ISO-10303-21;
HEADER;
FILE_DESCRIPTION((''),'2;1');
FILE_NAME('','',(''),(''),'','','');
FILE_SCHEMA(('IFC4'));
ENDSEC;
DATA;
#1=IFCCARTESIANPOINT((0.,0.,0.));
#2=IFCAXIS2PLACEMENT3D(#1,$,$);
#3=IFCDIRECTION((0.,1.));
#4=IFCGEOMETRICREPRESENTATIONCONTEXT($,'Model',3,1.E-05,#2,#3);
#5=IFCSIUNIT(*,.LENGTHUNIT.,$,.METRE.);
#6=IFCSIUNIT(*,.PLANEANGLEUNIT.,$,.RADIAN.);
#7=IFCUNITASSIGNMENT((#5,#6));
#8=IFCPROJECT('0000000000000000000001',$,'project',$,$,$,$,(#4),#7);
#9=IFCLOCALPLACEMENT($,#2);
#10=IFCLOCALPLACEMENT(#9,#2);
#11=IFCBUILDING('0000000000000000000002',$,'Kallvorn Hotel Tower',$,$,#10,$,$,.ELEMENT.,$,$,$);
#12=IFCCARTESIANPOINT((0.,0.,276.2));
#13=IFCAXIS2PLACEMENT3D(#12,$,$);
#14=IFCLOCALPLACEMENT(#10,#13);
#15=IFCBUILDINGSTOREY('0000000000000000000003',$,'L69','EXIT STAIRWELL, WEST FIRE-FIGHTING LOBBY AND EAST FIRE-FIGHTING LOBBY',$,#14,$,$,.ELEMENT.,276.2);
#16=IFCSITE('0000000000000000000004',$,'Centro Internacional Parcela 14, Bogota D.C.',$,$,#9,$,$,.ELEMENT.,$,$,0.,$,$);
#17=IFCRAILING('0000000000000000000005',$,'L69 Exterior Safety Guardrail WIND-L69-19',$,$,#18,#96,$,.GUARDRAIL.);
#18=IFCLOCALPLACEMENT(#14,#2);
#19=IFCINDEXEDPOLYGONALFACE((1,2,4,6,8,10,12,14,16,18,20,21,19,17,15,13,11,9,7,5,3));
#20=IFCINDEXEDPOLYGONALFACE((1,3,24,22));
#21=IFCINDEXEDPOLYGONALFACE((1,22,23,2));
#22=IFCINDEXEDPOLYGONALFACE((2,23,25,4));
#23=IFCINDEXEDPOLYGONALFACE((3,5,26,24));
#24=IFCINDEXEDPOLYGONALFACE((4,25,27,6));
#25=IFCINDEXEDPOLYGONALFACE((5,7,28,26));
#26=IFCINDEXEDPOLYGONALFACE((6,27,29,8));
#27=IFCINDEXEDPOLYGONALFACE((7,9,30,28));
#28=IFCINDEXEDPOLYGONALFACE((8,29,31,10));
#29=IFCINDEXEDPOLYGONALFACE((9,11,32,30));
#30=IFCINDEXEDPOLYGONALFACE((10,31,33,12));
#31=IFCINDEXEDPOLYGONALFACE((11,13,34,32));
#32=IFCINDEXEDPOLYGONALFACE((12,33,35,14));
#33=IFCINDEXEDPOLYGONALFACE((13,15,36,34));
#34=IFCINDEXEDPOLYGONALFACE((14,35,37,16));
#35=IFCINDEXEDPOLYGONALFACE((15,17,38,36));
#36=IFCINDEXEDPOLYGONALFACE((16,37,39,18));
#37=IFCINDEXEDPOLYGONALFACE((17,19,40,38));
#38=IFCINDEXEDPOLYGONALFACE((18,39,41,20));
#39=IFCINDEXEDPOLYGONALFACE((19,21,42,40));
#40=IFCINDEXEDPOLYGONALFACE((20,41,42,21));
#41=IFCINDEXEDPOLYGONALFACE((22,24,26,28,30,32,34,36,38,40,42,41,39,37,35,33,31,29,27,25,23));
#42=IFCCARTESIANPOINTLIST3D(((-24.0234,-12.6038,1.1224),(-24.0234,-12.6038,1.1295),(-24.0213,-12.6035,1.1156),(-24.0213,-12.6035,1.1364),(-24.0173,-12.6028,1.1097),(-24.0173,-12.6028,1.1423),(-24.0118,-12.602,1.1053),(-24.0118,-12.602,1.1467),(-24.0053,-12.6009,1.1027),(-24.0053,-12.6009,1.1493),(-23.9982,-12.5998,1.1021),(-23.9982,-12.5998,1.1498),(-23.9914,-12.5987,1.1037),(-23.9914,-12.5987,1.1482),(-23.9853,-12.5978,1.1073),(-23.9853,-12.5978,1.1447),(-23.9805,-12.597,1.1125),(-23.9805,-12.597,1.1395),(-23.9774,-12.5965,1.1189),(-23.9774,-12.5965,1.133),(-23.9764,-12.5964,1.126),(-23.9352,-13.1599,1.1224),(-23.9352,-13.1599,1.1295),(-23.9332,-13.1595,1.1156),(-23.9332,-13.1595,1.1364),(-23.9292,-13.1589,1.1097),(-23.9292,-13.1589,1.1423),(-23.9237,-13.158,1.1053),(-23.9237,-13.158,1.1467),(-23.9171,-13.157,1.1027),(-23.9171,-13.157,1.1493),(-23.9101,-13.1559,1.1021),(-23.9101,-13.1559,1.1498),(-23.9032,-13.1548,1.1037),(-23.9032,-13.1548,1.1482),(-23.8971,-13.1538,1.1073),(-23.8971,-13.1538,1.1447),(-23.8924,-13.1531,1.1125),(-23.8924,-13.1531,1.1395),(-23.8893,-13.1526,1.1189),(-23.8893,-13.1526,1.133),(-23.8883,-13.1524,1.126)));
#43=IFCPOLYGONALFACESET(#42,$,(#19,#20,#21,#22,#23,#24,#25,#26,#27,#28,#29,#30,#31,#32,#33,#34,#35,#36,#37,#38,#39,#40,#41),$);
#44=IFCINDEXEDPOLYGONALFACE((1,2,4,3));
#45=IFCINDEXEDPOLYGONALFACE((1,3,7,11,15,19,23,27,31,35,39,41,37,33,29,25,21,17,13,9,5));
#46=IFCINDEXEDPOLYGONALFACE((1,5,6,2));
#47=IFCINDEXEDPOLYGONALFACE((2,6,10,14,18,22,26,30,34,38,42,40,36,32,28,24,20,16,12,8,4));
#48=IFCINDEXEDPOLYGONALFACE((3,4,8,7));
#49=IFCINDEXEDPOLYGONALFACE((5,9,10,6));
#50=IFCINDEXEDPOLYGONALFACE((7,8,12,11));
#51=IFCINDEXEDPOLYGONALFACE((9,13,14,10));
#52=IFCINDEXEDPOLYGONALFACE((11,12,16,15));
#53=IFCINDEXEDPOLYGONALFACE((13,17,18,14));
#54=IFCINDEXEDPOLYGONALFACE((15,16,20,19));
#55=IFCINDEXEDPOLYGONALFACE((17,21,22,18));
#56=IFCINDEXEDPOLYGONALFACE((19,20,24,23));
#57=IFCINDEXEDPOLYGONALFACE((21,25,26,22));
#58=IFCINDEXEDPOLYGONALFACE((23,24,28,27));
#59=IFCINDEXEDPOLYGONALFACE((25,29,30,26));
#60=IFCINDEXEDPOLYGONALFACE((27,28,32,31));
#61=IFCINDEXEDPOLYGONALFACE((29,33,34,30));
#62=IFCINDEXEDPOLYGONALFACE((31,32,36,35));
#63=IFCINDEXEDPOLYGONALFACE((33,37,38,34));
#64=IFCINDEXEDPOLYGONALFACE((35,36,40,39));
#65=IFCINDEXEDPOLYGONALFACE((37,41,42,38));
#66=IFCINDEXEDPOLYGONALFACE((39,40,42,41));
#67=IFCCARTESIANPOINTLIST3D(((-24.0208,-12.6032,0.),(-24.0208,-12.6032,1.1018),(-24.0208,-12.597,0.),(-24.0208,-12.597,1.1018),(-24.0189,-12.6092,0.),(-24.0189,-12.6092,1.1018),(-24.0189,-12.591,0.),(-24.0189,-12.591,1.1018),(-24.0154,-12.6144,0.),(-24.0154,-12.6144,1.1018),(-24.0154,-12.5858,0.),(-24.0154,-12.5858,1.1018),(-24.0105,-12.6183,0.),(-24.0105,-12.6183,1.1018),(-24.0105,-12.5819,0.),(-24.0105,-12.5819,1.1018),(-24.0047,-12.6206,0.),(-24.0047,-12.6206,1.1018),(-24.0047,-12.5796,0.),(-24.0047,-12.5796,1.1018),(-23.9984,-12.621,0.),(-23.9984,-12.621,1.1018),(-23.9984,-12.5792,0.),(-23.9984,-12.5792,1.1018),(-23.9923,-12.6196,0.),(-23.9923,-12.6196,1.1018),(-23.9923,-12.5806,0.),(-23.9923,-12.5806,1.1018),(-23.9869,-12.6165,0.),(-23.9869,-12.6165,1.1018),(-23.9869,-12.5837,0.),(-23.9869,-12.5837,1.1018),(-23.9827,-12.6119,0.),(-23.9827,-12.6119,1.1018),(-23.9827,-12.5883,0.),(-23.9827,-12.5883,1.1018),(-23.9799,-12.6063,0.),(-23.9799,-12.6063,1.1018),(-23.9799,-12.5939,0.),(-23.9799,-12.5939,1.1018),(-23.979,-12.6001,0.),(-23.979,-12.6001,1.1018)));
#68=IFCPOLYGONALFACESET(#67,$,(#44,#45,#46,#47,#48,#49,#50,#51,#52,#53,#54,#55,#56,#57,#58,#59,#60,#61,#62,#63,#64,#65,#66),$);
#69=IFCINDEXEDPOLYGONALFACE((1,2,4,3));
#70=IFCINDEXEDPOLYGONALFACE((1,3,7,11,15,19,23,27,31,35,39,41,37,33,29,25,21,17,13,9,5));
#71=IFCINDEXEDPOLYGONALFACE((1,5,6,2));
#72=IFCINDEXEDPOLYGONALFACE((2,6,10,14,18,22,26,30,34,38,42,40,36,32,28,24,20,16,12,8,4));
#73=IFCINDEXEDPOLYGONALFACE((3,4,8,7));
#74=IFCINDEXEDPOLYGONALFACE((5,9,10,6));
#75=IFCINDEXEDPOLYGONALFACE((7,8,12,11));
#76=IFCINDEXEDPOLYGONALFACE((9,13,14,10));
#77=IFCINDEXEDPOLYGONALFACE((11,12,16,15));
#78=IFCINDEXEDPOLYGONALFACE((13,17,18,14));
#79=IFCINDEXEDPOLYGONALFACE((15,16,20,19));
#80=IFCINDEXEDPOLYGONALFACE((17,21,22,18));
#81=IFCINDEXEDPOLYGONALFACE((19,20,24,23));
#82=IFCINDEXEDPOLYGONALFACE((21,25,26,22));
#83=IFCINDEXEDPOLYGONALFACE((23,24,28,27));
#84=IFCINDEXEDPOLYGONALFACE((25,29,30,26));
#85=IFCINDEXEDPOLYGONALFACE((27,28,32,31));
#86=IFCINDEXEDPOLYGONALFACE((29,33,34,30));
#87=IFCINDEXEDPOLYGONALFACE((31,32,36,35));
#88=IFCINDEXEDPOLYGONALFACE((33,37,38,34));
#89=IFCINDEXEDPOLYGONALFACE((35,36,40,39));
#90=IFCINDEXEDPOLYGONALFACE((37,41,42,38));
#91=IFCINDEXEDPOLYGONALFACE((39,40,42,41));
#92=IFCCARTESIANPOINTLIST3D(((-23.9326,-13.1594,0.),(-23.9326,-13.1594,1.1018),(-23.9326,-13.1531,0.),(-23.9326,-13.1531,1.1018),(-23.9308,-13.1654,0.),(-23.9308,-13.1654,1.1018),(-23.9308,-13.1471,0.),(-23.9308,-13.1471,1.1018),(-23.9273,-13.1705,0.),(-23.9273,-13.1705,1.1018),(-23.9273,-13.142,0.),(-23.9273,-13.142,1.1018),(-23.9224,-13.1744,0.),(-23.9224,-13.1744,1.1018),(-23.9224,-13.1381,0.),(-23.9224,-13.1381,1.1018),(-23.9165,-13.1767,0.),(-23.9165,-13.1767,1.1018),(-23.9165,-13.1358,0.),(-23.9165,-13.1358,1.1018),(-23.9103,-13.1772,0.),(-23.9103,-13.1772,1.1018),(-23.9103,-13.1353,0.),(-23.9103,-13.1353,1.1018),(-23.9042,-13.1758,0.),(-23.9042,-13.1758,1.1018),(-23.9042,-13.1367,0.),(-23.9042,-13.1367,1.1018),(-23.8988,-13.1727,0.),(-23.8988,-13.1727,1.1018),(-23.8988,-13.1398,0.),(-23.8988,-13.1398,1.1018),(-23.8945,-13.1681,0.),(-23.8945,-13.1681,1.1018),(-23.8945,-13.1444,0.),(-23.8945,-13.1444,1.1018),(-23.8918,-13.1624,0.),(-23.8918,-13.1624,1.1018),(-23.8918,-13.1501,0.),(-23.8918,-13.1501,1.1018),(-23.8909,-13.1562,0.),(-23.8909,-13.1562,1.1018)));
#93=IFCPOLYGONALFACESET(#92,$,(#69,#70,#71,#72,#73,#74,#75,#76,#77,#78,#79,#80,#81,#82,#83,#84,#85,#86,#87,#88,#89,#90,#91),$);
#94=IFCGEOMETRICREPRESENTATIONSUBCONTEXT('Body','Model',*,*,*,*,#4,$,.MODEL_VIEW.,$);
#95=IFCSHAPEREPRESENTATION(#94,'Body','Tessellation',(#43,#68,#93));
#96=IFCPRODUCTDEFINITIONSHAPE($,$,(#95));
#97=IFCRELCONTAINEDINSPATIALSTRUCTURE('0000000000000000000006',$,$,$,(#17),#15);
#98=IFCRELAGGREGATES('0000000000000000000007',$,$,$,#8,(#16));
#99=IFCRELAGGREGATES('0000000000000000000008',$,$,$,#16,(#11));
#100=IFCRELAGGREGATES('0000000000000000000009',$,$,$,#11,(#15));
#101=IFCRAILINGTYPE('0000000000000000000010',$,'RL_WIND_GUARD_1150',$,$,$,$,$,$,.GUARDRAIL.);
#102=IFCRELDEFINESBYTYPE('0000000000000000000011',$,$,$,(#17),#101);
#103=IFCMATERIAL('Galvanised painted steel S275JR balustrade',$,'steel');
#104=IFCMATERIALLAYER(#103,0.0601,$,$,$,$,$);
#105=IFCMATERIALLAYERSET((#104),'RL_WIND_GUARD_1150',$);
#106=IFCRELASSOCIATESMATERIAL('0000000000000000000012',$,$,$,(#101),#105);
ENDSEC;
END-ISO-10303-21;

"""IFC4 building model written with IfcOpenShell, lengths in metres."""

from ifc_helpers import new_model, si_unit, direction, frame, origin, origin_2d, place, context, subcontext, project, spatial, circle, extrude, material, layer, layer_set, type_object, element, save


model = new_model("IFC4")

# Units and contexts
model_context = context("Model", 3, precision=1e-05, world=origin(), true_north=direction((0.0, 1.0)))
body_context = subcontext(model_context, "Body", "Model", "MODEL_VIEW")
ifc_project = project(units=[si_unit("LENGTHUNIT", "METRE"), si_unit("PLANEANGLEUNIT", "RADIAN")], contexts=[model_context])

# Site, building, storey
site_placement = place(None, origin())
site = spatial("IfcSite", under=ifc_project, at=site_placement, Name="Centro Internacional Parcela 14, Bogota D.C.", CompositionType="ELEMENT", RefElevation=0.0)
building_placement = place(site_placement, origin())
building = spatial("IfcBuilding", under=site, at=building_placement, Name="Kallvorn Hotel Tower", CompositionType="ELEMENT")
storey_placement = place(building_placement, frame((0.0, 0.0, 276.2)))
storey = spatial("IfcBuildingStorey", under=building, at=storey_placement, Name="L69", Description="EXIT STAIRWELL, WEST FIRE-FIGHTING LOBBY AND EAST FIRE-FIGHTING LOBBY", CompositionType="ELEMENT", Elevation=276.2)

# Railing
ifc_material_1 = material(Name="Galvanised painted steel S275JR balustrade", Category="steel")
ifc_layer_1 = layer(ifc_material_1, 0.0601)
ifc_layer_set_1 = layer_set([ifc_layer_1], Name="RL_WIND_GUARD_1150")
railing_type = type_object("IfcRailingType", Name="RL_WIND_GUARD_1150", PredefinedType="GUARDRAIL", material=ifc_layer_set_1)
railing_placement = place(storey_placement, frame((-24.0, -12.6001, 0.0)))
element("IfcRailing", 1, at=railing_placement, inside=storey, type_object=railing_type, Name="L69 Exterior Safety Guardrail WIND-L69-19", PredefinedType="GUARDRAIL", context=body_context, shape_type="SweptSolid", body=[
    extrude(circle(Radius=0.0239, at=origin_2d()), frame((0.0, 0.0, 1.126), z_axis=(0.156519, -0.987675, 0.0), x_axis=(0.987675, 0.156519, 0.0)), (0.0, 0.0, 1.0), 0.563),
    extrude(circle(Radius=0.021, at=origin_2d()), origin(), (0.0, 0.0, 1.0), 1.1018),
    extrude(circle(Radius=0.021, at=origin_2d()), frame((0.0881, -0.5562, 0.0)), (0.0, 0.0, 1.0), 1.1018),
])

save(model, "model.ifc")
